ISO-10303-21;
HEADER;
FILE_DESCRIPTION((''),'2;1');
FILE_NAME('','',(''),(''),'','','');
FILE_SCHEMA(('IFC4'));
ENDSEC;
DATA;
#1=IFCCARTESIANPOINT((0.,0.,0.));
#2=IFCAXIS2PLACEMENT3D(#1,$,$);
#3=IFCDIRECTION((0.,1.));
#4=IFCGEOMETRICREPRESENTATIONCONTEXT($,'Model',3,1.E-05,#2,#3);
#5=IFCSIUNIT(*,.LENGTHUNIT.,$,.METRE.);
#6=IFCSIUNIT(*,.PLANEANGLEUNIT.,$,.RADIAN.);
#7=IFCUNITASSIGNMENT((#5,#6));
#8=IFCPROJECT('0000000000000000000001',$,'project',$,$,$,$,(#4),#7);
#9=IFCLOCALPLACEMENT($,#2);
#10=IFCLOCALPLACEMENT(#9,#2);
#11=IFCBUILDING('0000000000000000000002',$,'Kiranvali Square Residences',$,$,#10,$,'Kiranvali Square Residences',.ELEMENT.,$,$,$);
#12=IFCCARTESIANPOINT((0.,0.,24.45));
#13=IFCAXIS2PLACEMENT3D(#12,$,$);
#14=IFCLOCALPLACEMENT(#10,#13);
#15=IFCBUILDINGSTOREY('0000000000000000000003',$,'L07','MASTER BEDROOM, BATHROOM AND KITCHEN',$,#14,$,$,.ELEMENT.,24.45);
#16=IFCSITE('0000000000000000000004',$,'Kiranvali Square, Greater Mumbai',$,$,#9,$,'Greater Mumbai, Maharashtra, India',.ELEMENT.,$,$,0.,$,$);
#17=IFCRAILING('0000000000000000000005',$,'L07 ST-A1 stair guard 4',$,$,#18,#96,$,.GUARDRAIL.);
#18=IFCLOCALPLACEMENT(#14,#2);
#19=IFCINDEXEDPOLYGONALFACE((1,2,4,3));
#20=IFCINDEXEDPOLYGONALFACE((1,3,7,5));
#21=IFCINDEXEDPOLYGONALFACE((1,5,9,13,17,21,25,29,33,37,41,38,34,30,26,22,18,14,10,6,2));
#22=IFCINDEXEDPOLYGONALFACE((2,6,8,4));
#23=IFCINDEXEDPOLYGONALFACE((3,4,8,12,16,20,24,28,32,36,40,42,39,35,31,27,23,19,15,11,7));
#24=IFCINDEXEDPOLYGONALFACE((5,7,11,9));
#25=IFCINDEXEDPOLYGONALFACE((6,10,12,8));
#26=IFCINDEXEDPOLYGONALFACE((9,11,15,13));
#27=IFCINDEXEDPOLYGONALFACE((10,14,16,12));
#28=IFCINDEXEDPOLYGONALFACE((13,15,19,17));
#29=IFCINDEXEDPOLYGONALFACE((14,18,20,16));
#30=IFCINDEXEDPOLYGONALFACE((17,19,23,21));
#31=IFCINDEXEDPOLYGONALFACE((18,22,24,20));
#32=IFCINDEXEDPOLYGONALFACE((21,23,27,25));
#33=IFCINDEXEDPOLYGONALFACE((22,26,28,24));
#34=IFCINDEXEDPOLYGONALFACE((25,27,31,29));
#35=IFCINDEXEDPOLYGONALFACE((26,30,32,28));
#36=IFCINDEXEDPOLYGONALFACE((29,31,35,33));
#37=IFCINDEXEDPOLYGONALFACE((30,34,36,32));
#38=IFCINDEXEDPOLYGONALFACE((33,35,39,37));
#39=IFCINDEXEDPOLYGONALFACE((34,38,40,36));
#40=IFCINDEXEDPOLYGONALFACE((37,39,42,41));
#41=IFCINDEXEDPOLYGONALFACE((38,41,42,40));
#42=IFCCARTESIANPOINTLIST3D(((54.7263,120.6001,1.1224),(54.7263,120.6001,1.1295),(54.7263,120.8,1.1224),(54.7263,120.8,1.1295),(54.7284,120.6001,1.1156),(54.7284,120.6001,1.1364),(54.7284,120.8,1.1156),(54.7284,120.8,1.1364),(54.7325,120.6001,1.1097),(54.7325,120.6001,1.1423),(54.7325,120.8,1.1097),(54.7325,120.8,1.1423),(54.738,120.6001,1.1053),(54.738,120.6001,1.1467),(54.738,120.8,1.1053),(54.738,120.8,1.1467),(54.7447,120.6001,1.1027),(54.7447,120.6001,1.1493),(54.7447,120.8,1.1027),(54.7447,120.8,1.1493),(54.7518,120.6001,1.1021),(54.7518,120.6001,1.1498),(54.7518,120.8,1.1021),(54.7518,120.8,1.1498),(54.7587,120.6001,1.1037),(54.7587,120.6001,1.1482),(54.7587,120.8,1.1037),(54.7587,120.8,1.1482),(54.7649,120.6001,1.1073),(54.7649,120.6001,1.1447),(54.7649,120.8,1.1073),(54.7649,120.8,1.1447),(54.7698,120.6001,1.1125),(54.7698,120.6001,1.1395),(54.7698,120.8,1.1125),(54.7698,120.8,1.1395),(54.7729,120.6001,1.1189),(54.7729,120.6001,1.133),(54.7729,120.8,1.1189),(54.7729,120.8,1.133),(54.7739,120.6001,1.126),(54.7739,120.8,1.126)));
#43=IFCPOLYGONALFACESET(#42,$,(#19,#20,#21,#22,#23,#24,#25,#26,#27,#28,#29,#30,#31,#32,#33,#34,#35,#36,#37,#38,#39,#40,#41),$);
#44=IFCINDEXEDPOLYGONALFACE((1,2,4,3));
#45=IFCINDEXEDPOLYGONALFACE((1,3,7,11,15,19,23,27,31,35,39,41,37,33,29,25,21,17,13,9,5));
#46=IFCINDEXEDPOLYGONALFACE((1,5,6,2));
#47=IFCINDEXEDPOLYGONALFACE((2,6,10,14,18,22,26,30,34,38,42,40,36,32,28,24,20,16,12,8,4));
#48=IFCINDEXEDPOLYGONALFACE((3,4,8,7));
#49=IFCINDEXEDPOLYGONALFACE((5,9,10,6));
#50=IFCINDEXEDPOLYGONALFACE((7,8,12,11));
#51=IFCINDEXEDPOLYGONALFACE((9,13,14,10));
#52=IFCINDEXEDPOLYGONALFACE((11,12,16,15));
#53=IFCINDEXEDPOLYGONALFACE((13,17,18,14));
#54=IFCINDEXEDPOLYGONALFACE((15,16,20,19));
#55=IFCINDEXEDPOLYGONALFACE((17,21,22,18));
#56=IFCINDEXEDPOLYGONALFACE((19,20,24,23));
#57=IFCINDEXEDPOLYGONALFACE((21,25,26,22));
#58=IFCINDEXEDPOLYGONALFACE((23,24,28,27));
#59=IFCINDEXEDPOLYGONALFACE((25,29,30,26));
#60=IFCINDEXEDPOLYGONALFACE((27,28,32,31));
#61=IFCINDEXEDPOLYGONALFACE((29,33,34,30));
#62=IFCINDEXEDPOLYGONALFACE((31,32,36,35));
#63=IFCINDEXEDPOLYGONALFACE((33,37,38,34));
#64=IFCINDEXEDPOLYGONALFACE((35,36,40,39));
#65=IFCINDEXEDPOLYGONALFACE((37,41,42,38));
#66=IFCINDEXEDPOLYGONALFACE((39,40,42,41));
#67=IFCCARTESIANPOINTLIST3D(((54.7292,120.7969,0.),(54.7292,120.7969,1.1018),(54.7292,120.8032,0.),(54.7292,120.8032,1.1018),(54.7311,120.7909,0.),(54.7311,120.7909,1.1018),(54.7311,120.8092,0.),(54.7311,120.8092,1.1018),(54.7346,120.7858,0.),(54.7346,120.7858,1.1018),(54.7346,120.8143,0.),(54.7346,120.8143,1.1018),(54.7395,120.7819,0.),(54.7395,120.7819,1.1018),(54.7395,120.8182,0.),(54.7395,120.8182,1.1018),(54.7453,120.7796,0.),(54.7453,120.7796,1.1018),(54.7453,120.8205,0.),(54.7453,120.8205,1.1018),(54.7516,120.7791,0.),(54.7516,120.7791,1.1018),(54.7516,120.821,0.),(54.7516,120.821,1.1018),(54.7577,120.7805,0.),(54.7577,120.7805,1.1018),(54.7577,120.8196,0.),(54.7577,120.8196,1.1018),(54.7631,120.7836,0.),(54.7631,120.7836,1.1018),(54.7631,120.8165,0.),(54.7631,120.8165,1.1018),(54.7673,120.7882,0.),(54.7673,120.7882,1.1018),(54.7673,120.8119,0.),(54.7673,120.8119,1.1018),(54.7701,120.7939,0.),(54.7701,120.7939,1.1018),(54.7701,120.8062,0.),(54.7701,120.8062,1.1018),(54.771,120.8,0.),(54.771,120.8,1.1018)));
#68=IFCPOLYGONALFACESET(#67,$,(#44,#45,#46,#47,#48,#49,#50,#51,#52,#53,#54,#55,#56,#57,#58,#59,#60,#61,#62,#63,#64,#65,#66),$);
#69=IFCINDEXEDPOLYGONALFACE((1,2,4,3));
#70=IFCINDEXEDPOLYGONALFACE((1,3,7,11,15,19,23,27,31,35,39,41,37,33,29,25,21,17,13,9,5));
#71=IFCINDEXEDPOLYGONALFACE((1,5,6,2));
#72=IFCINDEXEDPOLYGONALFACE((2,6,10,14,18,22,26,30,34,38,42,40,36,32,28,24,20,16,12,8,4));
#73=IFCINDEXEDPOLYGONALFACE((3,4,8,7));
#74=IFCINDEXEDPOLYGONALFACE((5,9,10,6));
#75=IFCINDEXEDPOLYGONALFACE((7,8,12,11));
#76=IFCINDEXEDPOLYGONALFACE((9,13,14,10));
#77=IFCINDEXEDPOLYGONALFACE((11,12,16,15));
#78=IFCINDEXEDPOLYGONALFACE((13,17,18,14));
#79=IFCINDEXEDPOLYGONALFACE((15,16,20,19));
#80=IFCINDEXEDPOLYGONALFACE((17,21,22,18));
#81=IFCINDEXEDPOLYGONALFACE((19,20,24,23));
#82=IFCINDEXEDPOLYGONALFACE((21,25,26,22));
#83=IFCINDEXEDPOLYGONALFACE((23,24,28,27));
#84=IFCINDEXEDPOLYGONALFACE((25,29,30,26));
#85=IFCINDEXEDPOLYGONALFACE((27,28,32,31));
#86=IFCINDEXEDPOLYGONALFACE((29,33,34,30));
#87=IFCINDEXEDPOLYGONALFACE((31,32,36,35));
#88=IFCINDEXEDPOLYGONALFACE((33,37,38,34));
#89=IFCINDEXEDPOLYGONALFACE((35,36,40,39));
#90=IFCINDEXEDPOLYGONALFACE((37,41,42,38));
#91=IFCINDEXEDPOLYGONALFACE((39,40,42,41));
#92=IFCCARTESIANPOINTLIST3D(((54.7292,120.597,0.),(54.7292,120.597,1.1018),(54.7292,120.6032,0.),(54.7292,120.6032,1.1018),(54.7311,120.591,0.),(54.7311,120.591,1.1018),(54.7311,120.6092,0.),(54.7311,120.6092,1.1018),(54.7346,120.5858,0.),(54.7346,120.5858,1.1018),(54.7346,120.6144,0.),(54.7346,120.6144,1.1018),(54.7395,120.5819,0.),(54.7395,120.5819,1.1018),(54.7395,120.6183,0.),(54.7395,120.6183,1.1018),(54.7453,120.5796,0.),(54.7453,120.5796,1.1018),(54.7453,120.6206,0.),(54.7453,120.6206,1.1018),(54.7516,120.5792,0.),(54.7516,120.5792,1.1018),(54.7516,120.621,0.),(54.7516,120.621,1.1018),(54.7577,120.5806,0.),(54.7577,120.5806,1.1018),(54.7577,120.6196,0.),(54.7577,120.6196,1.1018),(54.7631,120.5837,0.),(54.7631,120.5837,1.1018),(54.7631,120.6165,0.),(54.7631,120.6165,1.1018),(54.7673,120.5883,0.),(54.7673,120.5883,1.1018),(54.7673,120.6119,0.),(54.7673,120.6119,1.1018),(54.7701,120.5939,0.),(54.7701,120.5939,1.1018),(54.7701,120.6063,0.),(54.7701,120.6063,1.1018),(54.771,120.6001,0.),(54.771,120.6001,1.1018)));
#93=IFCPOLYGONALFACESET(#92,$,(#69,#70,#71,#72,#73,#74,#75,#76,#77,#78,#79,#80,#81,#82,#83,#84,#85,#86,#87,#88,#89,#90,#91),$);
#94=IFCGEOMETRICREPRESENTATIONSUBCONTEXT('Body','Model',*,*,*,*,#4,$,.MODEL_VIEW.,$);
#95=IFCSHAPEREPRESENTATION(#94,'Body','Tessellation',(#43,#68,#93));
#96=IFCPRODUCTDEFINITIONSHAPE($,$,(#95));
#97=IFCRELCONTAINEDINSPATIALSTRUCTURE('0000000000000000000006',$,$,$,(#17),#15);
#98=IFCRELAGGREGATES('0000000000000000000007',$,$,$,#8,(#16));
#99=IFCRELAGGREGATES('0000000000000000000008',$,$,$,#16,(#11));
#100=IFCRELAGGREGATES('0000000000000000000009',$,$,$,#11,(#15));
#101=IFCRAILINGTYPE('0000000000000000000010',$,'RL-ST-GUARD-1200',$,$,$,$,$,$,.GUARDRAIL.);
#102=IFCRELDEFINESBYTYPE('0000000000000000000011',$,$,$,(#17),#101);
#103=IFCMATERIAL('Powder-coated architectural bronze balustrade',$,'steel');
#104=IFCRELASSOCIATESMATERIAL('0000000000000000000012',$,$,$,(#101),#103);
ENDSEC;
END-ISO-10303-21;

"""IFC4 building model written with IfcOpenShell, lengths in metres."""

from ifc_helpers import new_model, si_unit, direction, frame, origin, origin_2d, place, context, subcontext, project, spatial, circle, extrude, material, type_object, element, save


model = new_model("IFC4")

# Units and contexts
model_context = context("Model", 3, precision=1e-05, world=origin(), true_north=direction((0.0, 1.0)))
body_context = subcontext(model_context, "Body", "Model", "MODEL_VIEW")
ifc_project = project(units=[si_unit("LENGTHUNIT", "METRE"), si_unit("PLANEANGLEUNIT", "RADIAN")], contexts=[model_context])

# Site, building, storey
site_placement = place(None, origin())
site = spatial("IfcSite", under=ifc_project, at=site_placement, Name="Kiranvali Square, Greater Mumbai", LongName="Greater Mumbai, Maharashtra, India", CompositionType="ELEMENT", RefElevation=0.0)
building_placement = place(site_placement, origin())
building = spatial("IfcBuilding", under=site, at=building_placement, Name="Kiranvali Square Residences", LongName="Kiranvali Square Residences", CompositionType="ELEMENT")
storey_placement = place(building_placement, frame((0.0, 0.0, 24.45)))
storey = spatial("IfcBuildingStorey", under=building, at=storey_placement, Name="L07", Description="MASTER BEDROOM, BATHROOM AND KITCHEN", CompositionType="ELEMENT", Elevation=24.45)

# Railing
ifc_material_1 = material(Name="Powder-coated architectural bronze balustrade", Category="steel")
railing_type_1 = type_object("IfcRailingType", Name="RL-ST-GUARD-1200", PredefinedType="GUARDRAIL", material=ifc_material_1)
railing_1_placement = place(storey_placement, frame((54.75, 120.8, 0.0)))
element("IfcRailing", 1, at=railing_1_placement, inside=storey, type_object=railing_type_1, Name="L07 ST-A1 stair guard 4", PredefinedType="GUARDRAIL", context=body_context, shape_type="SweptSolid", body=[
    extrude(circle(Radius=0.0239, at=origin_2d()), frame((0.0, 0.0, 1.126), z_axis=(0.0, -1.0, 0.0), x_axis=(1.0, 0.0, 0.0)), (0.0, 0.0, 1.0), 0.2),
    extrude(circle(Radius=0.021, at=origin_2d()), origin(), (0.0, 0.0, 1.0), 1.1018),
    extrude(circle(Radius=0.021, at=origin_2d()), frame((0.0, -0.2, 0.0)), (0.0, 0.0, 1.0), 1.1018),
])

save(model, "model.ifc")
